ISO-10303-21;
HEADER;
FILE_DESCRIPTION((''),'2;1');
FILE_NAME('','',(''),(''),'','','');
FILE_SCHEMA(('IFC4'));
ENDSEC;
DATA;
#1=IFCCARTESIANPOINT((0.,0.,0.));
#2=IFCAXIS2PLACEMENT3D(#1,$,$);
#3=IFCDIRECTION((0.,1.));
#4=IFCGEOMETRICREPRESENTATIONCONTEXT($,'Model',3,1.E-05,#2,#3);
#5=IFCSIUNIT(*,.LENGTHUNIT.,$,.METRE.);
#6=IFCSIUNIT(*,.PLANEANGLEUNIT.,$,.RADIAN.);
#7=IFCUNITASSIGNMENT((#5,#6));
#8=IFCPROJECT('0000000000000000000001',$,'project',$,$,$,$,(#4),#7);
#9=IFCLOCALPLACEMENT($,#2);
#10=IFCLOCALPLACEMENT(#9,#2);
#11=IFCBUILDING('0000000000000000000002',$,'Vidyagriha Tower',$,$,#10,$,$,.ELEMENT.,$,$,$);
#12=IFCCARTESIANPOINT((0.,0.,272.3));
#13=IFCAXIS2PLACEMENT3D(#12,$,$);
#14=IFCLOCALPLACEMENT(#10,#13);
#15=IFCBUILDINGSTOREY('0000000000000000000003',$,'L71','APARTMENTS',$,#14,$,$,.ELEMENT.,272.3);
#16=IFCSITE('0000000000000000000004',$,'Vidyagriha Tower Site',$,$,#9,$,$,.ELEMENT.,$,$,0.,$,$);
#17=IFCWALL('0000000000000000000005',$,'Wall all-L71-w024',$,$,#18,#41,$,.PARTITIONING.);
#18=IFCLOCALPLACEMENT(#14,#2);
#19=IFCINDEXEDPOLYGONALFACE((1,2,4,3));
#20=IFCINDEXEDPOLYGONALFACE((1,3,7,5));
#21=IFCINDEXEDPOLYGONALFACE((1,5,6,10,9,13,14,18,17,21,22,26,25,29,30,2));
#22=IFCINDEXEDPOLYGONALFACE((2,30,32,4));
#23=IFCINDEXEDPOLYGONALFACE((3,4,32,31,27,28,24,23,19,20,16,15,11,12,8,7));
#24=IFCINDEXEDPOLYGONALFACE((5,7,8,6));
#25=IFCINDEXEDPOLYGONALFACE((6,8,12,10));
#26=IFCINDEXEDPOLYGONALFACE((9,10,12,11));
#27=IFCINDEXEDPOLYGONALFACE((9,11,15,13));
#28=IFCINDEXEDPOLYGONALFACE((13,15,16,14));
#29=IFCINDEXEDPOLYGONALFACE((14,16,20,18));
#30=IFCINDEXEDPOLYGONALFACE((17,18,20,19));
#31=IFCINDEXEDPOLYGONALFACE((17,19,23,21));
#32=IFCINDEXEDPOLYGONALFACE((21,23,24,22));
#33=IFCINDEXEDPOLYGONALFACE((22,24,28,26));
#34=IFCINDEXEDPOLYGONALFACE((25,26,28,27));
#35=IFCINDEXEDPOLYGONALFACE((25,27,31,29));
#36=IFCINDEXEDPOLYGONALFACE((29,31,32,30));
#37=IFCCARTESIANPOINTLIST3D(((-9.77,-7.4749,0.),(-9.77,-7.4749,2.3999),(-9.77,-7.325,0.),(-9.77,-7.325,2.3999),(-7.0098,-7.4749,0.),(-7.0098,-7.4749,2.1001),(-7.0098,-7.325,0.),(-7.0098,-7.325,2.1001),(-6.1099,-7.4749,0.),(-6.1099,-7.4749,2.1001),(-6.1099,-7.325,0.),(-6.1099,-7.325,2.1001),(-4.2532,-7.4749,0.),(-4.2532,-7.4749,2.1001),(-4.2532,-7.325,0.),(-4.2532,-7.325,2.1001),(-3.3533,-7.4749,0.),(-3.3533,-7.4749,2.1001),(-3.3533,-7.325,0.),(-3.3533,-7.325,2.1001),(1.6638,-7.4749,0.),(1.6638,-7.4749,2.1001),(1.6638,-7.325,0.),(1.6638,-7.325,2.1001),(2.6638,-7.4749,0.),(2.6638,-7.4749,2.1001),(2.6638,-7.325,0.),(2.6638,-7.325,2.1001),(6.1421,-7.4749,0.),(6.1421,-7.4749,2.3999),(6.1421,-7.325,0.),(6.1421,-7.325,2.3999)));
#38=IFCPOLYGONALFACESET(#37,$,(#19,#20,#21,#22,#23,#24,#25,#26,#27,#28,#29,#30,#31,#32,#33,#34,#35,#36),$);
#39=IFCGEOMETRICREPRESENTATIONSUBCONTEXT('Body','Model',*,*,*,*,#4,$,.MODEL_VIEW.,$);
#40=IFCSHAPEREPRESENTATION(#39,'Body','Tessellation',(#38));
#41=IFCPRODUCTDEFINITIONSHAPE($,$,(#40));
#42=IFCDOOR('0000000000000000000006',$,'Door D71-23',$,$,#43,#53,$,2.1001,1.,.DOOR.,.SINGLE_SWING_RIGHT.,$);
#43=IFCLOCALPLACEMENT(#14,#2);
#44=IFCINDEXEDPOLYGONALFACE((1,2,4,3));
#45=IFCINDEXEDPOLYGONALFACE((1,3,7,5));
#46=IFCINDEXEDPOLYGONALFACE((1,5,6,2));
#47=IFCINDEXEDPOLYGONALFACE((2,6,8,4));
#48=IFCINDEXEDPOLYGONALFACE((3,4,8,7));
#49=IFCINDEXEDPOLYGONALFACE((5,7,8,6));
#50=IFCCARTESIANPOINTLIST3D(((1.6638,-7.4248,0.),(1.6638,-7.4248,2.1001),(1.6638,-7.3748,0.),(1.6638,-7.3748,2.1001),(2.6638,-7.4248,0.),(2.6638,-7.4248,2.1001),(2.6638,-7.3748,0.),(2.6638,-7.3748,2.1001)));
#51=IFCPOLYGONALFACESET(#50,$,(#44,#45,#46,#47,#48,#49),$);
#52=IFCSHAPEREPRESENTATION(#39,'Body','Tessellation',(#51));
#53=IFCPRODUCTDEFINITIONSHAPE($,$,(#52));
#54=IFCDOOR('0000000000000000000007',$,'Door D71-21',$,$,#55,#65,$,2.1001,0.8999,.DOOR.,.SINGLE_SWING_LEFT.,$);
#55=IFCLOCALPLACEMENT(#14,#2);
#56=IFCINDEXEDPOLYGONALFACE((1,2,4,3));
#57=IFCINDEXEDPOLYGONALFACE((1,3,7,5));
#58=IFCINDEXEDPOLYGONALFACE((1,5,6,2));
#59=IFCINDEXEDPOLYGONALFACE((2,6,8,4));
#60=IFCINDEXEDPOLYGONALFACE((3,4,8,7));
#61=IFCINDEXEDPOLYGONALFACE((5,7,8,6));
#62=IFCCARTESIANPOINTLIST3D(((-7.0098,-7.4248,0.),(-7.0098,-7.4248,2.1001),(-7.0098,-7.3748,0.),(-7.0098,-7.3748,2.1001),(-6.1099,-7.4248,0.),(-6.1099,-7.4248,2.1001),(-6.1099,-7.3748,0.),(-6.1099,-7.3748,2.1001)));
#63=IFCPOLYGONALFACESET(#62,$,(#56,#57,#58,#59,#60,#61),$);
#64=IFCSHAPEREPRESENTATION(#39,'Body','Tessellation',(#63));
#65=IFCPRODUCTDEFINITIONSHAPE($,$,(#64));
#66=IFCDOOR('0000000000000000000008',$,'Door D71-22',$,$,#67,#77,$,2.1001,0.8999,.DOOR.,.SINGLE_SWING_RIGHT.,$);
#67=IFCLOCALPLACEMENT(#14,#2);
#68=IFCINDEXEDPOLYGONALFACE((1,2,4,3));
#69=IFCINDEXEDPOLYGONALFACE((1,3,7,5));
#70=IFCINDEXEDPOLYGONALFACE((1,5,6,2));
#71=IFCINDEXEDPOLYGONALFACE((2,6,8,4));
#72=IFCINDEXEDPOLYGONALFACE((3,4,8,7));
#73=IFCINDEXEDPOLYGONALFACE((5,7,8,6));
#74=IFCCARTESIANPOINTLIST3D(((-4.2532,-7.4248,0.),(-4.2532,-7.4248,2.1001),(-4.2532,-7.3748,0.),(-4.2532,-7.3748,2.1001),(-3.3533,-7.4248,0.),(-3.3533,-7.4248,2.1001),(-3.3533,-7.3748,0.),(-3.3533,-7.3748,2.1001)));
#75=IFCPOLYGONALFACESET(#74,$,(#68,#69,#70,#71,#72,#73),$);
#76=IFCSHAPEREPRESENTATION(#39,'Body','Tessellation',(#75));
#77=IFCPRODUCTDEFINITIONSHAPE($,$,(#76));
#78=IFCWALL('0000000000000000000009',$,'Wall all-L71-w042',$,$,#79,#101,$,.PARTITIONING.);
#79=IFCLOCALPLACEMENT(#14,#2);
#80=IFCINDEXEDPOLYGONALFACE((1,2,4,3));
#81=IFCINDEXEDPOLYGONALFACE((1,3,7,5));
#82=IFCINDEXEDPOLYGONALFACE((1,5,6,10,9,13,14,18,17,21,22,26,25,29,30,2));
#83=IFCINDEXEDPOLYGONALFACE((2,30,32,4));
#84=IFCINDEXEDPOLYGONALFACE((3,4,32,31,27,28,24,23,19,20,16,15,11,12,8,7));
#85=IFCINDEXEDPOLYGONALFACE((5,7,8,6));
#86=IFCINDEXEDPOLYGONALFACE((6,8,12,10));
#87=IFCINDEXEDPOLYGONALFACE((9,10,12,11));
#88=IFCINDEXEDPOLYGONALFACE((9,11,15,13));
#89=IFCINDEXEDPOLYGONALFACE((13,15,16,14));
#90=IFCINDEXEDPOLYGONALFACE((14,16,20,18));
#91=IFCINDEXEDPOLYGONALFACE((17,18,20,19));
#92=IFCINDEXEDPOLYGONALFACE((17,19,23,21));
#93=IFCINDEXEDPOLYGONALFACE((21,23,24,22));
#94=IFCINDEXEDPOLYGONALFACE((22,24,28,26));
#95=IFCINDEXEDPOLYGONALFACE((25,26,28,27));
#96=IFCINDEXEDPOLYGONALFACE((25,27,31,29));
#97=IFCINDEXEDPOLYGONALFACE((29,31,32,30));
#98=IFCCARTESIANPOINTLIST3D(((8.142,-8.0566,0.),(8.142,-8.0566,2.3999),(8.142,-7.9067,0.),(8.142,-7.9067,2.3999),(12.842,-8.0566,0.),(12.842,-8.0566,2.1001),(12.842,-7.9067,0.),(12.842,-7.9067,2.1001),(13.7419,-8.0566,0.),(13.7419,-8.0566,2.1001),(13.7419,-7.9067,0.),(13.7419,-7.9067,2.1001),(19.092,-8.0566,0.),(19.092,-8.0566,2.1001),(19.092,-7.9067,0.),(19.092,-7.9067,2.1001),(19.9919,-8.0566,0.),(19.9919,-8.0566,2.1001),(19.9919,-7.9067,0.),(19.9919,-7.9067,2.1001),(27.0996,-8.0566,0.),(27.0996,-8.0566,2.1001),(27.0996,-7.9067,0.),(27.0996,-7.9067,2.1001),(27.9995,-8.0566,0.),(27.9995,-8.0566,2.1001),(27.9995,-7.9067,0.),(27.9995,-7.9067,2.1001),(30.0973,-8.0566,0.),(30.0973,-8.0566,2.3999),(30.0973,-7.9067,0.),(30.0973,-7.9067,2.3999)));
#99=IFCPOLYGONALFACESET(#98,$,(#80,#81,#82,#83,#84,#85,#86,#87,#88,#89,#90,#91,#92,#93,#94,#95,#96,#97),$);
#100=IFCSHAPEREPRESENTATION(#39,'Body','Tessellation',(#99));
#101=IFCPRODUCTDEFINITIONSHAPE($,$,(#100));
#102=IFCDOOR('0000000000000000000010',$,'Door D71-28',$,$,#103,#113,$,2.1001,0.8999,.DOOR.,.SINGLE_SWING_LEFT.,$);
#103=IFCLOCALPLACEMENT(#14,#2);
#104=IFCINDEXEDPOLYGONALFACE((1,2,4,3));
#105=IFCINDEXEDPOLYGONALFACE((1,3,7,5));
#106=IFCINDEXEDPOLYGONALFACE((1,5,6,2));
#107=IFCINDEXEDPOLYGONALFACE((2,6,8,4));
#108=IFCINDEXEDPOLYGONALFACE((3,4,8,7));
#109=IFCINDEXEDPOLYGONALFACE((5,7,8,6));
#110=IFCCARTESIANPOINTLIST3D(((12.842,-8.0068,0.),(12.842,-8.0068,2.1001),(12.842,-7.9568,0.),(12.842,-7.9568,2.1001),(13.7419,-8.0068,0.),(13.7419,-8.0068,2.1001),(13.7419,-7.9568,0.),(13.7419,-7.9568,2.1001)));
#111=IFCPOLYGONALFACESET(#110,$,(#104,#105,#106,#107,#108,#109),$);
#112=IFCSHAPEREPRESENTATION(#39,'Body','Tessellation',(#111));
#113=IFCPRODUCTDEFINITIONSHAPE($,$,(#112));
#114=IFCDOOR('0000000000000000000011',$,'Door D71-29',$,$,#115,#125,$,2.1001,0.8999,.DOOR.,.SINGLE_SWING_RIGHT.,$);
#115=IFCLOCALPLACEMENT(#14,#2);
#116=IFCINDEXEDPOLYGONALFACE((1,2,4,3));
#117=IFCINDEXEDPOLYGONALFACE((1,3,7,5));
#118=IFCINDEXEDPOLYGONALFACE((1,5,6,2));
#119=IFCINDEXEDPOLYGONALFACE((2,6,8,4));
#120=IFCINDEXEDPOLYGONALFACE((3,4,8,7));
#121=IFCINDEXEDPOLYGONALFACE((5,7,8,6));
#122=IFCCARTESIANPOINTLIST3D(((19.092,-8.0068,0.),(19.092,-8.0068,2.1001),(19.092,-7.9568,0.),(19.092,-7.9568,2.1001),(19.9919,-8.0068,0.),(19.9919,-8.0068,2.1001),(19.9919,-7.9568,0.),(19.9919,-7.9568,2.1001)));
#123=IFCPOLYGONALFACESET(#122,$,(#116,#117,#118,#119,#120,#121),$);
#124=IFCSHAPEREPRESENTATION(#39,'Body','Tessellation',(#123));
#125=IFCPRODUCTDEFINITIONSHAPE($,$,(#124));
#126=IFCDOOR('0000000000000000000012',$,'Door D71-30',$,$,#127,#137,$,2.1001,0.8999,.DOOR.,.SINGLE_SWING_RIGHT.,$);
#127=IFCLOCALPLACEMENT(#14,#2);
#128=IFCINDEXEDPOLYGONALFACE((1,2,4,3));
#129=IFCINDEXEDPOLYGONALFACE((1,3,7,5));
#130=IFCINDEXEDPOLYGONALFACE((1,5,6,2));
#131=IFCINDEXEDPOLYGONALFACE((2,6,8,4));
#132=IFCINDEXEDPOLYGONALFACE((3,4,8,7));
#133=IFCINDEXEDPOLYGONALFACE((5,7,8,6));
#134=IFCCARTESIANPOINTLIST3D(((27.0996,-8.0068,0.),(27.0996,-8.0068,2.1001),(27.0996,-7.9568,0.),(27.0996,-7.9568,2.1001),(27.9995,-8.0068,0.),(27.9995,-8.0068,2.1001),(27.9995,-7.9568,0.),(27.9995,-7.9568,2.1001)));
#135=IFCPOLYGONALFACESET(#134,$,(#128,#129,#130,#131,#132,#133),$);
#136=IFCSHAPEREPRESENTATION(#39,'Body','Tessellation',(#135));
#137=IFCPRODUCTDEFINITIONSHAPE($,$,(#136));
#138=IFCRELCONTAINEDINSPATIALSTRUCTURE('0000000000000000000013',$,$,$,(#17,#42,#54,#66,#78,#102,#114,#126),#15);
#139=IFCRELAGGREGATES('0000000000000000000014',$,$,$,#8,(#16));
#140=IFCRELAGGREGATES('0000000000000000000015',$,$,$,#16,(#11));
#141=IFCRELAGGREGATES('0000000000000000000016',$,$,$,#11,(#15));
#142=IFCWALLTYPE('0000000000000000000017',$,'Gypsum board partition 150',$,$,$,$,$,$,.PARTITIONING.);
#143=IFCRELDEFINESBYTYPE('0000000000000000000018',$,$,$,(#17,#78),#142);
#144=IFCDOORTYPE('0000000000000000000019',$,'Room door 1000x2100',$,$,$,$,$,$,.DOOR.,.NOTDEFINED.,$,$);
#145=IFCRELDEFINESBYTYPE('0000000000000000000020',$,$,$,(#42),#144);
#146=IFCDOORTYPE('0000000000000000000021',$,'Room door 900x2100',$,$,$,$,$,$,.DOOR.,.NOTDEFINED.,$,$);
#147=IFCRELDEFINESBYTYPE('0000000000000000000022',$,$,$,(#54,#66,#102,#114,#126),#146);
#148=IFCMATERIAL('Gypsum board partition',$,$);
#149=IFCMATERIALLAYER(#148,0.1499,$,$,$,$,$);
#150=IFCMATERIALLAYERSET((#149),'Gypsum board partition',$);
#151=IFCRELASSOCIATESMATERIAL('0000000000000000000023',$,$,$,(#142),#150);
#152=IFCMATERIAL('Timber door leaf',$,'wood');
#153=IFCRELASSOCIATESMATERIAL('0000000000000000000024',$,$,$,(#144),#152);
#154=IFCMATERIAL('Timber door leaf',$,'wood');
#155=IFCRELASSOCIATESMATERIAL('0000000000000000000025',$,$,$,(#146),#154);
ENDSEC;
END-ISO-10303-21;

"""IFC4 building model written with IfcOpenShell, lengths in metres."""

from ifc_helpers import new_model, si_unit, direction, frame, frame_2d, origin, place, context, subcontext, project, spatial, rectangle, extrude, material, layer, layer_set, type_object, element, fill, save


model = new_model("IFC4")

# Units and contexts
model_context = context("Model", 3, precision=1e-05, world=origin(), true_north=direction((0.0, 1.0)))
body_context = subcontext(model_context, "Body", "Model", "MODEL_VIEW")
ifc_project = project(units=[si_unit("LENGTHUNIT", "METRE"), si_unit("PLANEANGLEUNIT", "RADIAN")], contexts=[model_context])

# Site, building, storey
site_placement = place(None, origin())
site = spatial("IfcSite", under=ifc_project, at=site_placement, Name="Vidyagriha Tower Site", CompositionType="ELEMENT", RefElevation=0.0)
building_placement = place(site_placement, origin())
building = spatial("IfcBuilding", under=site, at=building_placement, Name="Vidyagriha Tower", CompositionType="ELEMENT")
storey_placement = place(building_placement, frame((0.0, 0.0, 272.3)))
storey = spatial("IfcBuildingStorey", under=building, at=storey_placement, Name="L71", Description="APARTMENTS", CompositionType="ELEMENT", Elevation=272.3)

# Shared definitions
ifc_material_1 = material(Name="Gypsum board partition")
ifc_layer_1 = layer(ifc_material_1, 0.1499)
ifc_layer_set_1 = layer_set([ifc_layer_1], Name="Gypsum board partition")
wall_type_1 = type_object("IfcWallType", Name="Gypsum board partition 150", PredefinedType="PARTITIONING", material=ifc_layer_set_1)

# Walls, openings, doors
wall_1_placement = place(storey_placement, frame((6.1421, -7.3999, 0.0), z_axis=(0.0, 0.0, 1.0), x_axis=(-1.0, 0.0, 0.0)))
wall_1 = element("IfcWall", 1, at=wall_1_placement, inside=storey, type_object=wall_type_1, Name="Wall all-L71-w024", PredefinedType="PARTITIONING", context=body_context, shape_type="SweptSolid", body=[
    extrude(rectangle(XDim=15.9121, YDim=0.1499, at=frame_2d((7.9561, 0.0))), origin(), (0.0, 0.0, 1.0), 2.3999),
])
opening_1_placement = place(wall_1_placement, frame((12.252, 0.0, 0.0)))
opening_1 = element("IfcOpeningElement", 2, at=opening_1_placement, cuts=wall_1, PredefinedType="OPENING", context=body_context, shape_type="SweptSolid", body=[
    extrude(rectangle(XDim=0.8999, YDim=2.1001, at=frame_2d((0.45, 1.05))), frame((0.0, 0.085, 0.0), z_axis=(0.0, -1.0, 0.0), x_axis=(1.0, 0.0, 0.0)), (0.0, 0.0, 1.0), 0.1699),
])
opening_2_placement = place(wall_1_placement, frame((9.4954, 0.0, 0.0)))
opening_2 = element("IfcOpeningElement", 3, at=opening_2_placement, cuts=wall_1, PredefinedType="OPENING", context=body_context, shape_type="SweptSolid", body=[
    extrude(rectangle(XDim=0.8999, YDim=2.1001, at=frame_2d((0.45, 1.05))), frame((0.0, 0.085, 0.0), z_axis=(0.0, -1.0, 0.0), x_axis=(1.0, 0.0, 0.0)), (0.0, 0.0, 1.0), 0.1699),
])
opening_3_placement = place(wall_1_placement, frame((3.4783, 0.0, 0.0)))
opening_3 = element("IfcOpeningElement", 4, at=opening_3_placement, cuts=wall_1, PredefinedType="OPENING", context=body_context, shape_type="SweptSolid", body=[
    extrude(rectangle(XDim=1.0, YDim=2.1001, at=frame_2d((0.5, 1.05))), frame((0.0, 0.085, 0.0), z_axis=(0.0, -1.0, 0.0), x_axis=(1.0, 0.0, 0.0)), (0.0, 0.0, 1.0), 0.1699),
])
ifc_material_2 = material(Name="Timber door leaf", Category="wood")
door_type_1 = type_object("IfcDoorType", Name="Room door 1000x2100", OperationType="NOTDEFINED", PredefinedType="DOOR", material=ifc_material_2)
door_1_placement = place(opening_3_placement, origin())
door_1 = element("IfcDoor", 5, at=door_1_placement, inside=storey, type_object=door_type_1, Name="Door D71-23", OperationType="SINGLE_SWING_RIGHT", OverallHeight=2.1001, OverallWidth=1.0, PredefinedType="DOOR", context=body_context, shape_type="SweptSolid", body=[
    extrude(rectangle(XDim=1.0, YDim=2.1001, at=frame_2d((0.5, 1.05))), frame((0.0, 0.0249, 0.0), z_axis=(0.0, -1.0, 0.0), x_axis=(1.0, 0.0, 0.0)), (0.0, 0.0, 1.0), 0.05),
])
fill(opening_3, door_1)
ifc_material_3 = material(Name="Timber door leaf", Category="wood")
door_type_2 = type_object("IfcDoorType", Name="Room door 900x2100", OperationType="NOTDEFINED", PredefinedType="DOOR", material=ifc_material_3)
door_2_placement = place(opening_1_placement, origin())
door_2 = element("IfcDoor", 6, at=door_2_placement, inside=storey, type_object=door_type_2, Name="Door D71-21", OperationType="SINGLE_SWING_LEFT", OverallHeight=2.1001, OverallWidth=0.8999, PredefinedType="DOOR", context=body_context, shape_type="SweptSolid", body=[
    extrude(rectangle(XDim=0.8999, YDim=2.1001, at=frame_2d((0.45, 1.05))), frame((0.0, 0.0249, 0.0), z_axis=(0.0, -1.0, 0.0), x_axis=(1.0, 0.0, 0.0)), (0.0, 0.0, 1.0), 0.05),
])
fill(opening_1, door_2)
door_3_placement = place(opening_2_placement, origin())
door_3 = element("IfcDoor", 7, at=door_3_placement, inside=storey, type_object=door_type_2, Name="Door D71-22", OperationType="SINGLE_SWING_RIGHT", OverallHeight=2.1001, OverallWidth=0.8999, PredefinedType="DOOR", context=body_context, shape_type="SweptSolid", body=[
    extrude(rectangle(XDim=0.8999, YDim=2.1001, at=frame_2d((0.45, 1.05))), frame((0.0, 0.0249, 0.0), z_axis=(0.0, -1.0, 0.0), x_axis=(1.0, 0.0, 0.0)), (0.0, 0.0, 1.0), 0.05),
])
fill(opening_2, door_3)
wall_2_placement = place(storey_placement, frame((8.1421, -7.9817, 0.0)))
wall_2 = element("IfcWall", 8, at=wall_2_placement, inside=storey, type_object=wall_type_1, Name="Wall all-L71-w042", PredefinedType="PARTITIONING", context=body_context, shape_type="SweptSolid", body=[
    extrude(rectangle(XDim=21.9553, YDim=0.1499, at=frame_2d((10.9775, 0.0))), origin(), (0.0, 0.0, 1.0), 2.3999),
])
opening_4_placement = place(wall_2_placement, frame((4.7, 0.0, 0.0)))
opening_4 = element("IfcOpeningElement", 9, at=opening_4_placement, cuts=wall_2, PredefinedType="OPENING", context=body_context, shape_type="SweptSolid", body=[
    extrude(rectangle(XDim=0.8999, YDim=2.1001, at=frame_2d((0.45, 1.05))), frame((0.0, 0.085, 0.0), z_axis=(0.0, -1.0, 0.0), x_axis=(1.0, 0.0, 0.0)), (0.0, 0.0, 1.0), 0.1699),
])
opening_5_placement = place(wall_2_placement, frame((10.95, 0.0, 0.0)))
opening_5 = element("IfcOpeningElement", 10, at=opening_5_placement, cuts=wall_2, PredefinedType="OPENING", context=body_context, shape_type="SweptSolid", body=[
    extrude(rectangle(XDim=0.8999, YDim=2.1001, at=frame_2d((0.45, 1.05))), frame((0.0, 0.085, 0.0), z_axis=(0.0, -1.0, 0.0), x_axis=(1.0, 0.0, 0.0)), (0.0, 0.0, 1.0), 0.1699),
])
opening_6_placement = place(wall_2_placement, frame((18.9575, 0.0, 0.0)))
opening_6 = element("IfcOpeningElement", 11, at=opening_6_placement, cuts=wall_2, PredefinedType="OPENING", context=body_context, shape_type="SweptSolid", body=[
    extrude(rectangle(XDim=0.8999, YDim=2.1001, at=frame_2d((0.45, 1.05))), frame((0.0, 0.085, 0.0), z_axis=(0.0, -1.0, 0.0), x_axis=(1.0, 0.0, 0.0)), (0.0, 0.0, 1.0), 0.1699),
])
door_4_placement = place(opening_4_placement, origin())
door_4 = element("IfcDoor", 12, at=door_4_placement, inside=storey, type_object=door_type_2, Name="Door D71-28", OperationType="SINGLE_SWING_LEFT", OverallHeight=2.1001, OverallWidth=0.8999, PredefinedType="DOOR", context=body_context, shape_type="SweptSolid", body=[
    extrude(rectangle(XDim=0.8999, YDim=2.1001, at=frame_2d((0.45, 1.05))), frame((0.0, 0.0249, 0.0), z_axis=(0.0, -1.0, 0.0), x_axis=(1.0, 0.0, 0.0)), (0.0, 0.0, 1.0), 0.05),
])
fill(opening_4, door_4)
door_5_placement = place(opening_5_placement, origin())
door_5 = element("IfcDoor", 13, at=door_5_placement, inside=storey, type_object=door_type_2, Name="Door D71-29", OperationType="SINGLE_SWING_RIGHT", OverallHeight=2.1001, OverallWidth=0.8999, PredefinedType="DOOR", context=body_context, shape_type="SweptSolid", body=[
    extrude(rectangle(XDim=0.8999, YDim=2.1001, at=frame_2d((0.45, 1.05))), frame((0.0, 0.0249, 0.0), z_axis=(0.0, -1.0, 0.0), x_axis=(1.0, 0.0, 0.0)), (0.0, 0.0, 1.0), 0.05),
])
fill(opening_5, door_5)
door_6_placement = place(opening_6_placement, origin())
door_6 = element("IfcDoor", 14, at=door_6_placement, inside=storey, type_object=door_type_2, Name="Door D71-30", OperationType="SINGLE_SWING_RIGHT", OverallHeight=2.1001, OverallWidth=0.8999, PredefinedType="DOOR", context=body_context, shape_type="SweptSolid", body=[
    extrude(rectangle(XDim=0.8999, YDim=2.1001, at=frame_2d((0.45, 1.05))), frame((0.0, 0.0249, 0.0), z_axis=(0.0, -1.0, 0.0), x_axis=(1.0, 0.0, 0.0)), (0.0, 0.0, 1.0), 0.05),
])
fill(opening_6, door_6)

save(model, "model.ifc")
